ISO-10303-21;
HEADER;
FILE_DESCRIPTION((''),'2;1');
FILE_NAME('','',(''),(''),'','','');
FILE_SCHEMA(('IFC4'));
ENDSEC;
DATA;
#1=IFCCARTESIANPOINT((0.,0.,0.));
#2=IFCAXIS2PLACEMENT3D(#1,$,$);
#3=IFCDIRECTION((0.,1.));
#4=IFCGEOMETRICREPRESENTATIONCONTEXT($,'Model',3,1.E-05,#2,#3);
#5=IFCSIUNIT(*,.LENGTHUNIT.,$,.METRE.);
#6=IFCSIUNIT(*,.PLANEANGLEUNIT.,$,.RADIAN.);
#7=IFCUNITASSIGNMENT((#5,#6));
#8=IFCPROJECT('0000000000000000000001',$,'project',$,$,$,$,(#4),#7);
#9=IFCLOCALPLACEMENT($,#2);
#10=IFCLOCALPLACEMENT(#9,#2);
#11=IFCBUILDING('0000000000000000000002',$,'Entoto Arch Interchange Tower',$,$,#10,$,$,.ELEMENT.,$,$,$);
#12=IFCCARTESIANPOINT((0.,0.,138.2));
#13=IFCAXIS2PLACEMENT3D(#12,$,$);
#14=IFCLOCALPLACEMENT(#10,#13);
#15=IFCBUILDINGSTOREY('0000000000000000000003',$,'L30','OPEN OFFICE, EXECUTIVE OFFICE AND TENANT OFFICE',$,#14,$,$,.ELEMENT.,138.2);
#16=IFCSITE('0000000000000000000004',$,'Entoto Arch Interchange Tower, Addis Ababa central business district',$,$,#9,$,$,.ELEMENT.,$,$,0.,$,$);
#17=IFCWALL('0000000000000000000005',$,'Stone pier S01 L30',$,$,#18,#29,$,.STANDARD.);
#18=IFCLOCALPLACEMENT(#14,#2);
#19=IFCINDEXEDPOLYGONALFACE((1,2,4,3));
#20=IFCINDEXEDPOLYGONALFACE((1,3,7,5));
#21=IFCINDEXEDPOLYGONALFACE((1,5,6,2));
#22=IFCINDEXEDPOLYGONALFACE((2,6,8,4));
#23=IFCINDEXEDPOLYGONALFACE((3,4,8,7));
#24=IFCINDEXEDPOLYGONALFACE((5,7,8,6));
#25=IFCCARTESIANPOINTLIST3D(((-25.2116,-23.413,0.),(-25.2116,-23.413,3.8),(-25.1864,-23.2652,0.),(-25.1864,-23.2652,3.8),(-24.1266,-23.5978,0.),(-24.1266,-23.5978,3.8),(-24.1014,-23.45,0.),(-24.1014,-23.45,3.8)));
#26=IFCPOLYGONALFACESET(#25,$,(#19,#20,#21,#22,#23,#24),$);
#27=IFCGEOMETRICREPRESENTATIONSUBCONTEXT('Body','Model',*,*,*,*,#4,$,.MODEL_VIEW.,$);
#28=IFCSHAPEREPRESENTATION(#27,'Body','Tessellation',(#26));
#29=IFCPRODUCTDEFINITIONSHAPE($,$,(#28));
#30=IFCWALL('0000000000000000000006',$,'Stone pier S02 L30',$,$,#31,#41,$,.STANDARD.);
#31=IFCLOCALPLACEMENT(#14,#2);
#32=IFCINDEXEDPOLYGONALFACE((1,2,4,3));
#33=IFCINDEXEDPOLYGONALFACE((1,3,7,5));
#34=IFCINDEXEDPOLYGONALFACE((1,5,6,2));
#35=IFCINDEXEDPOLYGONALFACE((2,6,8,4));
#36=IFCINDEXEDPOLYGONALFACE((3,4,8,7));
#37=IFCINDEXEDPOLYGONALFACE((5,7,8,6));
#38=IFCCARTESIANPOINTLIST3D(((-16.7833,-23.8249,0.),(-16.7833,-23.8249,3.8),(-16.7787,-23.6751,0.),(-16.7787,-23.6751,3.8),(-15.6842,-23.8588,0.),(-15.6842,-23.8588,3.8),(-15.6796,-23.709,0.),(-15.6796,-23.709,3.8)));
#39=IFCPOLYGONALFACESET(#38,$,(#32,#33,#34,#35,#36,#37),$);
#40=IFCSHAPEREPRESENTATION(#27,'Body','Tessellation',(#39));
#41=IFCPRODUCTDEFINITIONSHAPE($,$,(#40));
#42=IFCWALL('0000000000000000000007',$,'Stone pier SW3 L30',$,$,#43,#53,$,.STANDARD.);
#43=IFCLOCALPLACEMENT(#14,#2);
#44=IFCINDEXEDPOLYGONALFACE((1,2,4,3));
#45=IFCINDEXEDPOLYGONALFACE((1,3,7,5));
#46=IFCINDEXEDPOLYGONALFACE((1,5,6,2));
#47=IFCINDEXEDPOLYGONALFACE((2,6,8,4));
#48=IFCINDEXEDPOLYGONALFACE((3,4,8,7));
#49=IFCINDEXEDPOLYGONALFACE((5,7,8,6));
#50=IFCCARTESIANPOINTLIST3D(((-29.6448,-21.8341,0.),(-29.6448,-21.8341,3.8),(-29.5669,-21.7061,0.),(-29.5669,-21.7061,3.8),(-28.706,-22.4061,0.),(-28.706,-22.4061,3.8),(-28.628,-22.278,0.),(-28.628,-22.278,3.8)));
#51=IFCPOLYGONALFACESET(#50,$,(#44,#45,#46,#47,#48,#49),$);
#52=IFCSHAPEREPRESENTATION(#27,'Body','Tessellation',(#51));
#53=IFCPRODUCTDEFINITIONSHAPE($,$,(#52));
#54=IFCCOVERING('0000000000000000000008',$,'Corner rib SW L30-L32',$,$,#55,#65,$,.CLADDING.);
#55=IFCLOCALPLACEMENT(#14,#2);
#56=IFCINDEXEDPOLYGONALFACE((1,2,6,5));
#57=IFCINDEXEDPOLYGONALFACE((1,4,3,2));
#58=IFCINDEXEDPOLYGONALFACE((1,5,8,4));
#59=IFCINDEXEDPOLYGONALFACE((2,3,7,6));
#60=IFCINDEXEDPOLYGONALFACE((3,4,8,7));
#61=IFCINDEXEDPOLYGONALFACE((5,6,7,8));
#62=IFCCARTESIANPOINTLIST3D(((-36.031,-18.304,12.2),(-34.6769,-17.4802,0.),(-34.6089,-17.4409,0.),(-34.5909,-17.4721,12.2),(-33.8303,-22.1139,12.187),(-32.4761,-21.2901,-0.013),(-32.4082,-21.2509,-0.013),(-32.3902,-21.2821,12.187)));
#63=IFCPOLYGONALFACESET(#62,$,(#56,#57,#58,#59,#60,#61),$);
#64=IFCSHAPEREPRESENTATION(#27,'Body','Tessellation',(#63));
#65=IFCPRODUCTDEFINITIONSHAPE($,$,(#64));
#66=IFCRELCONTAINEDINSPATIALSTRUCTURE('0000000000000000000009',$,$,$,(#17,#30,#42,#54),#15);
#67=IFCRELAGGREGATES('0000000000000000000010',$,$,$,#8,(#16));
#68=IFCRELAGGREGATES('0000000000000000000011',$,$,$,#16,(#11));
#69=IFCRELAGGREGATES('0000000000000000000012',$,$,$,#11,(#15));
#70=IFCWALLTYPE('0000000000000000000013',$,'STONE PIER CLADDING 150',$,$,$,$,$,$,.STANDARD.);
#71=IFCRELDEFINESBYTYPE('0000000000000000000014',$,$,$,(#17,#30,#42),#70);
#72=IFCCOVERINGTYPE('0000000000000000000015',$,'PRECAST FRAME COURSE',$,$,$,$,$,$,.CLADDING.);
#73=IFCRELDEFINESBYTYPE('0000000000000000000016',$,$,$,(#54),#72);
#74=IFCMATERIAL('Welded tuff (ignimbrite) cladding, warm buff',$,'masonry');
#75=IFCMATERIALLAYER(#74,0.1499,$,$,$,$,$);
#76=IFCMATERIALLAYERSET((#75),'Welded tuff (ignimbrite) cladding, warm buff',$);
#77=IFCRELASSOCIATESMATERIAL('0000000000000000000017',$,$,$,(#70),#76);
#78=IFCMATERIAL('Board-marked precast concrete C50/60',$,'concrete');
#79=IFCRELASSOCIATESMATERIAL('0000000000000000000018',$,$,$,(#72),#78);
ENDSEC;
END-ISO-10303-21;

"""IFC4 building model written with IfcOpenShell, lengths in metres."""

from ifc_helpers import new_model, si_unit, direction, frame, frame_2d, origin, place, context, subcontext, project, spatial, polyline, rectangle, outline, extrude, material, layer, layer_set, type_object, element, save


model = new_model("IFC4")

# Units and contexts
model_context = context("Model", 3, precision=1e-05, world=origin(), true_north=direction((0.0, 1.0)))
body_context = subcontext(model_context, "Body", "Model", "MODEL_VIEW")
ifc_project = project(units=[si_unit("LENGTHUNIT", "METRE"), si_unit("PLANEANGLEUNIT", "RADIAN")], contexts=[model_context])

# Site, building, storey
site_placement = place(None, origin())
site = spatial("IfcSite", under=ifc_project, at=site_placement, Name="Entoto Arch Interchange Tower, Addis Ababa central business district", CompositionType="ELEMENT", RefElevation=0.0)
building_placement = place(site_placement, origin())
building = spatial("IfcBuilding", under=site, at=building_placement, Name="Entoto Arch Interchange Tower", CompositionType="ELEMENT")
storey_placement = place(building_placement, frame((0.0, 0.0, 138.2)))
storey = spatial("IfcBuildingStorey", under=building, at=storey_placement, Name="L30", Description="OPEN OFFICE, EXECUTIVE OFFICE AND TENANT OFFICE", CompositionType="ELEMENT", Elevation=138.2)

# Shared definitions
ifc_material_1 = material(Name="Board-marked precast concrete C50/60", Category="concrete")

# Shared definitions
ifc_material_2 = material(Name="Welded tuff (ignimbrite) cladding, warm buff", Category="masonry")

# Walls
ifc_layer_1 = layer(ifc_material_2, 0.1499)
ifc_layer_set_1 = layer_set([ifc_layer_1], Name="Welded tuff (ignimbrite) cladding, warm buff")
wall_type_1 = type_object("IfcWallType", Name="STONE PIER CLADDING 150", PredefinedType="STANDARD", material=ifc_layer_set_1)
wall_1_placement = place(storey_placement, frame((-25.199, -23.3391, 0.0), z_axis=(0.0, 0.0, 1.0), x_axis=(0.9858, -0.167923, 0.0)))
element("IfcWall", 1, at=wall_1_placement, inside=storey, type_object=wall_type_1, Name="Stone pier S01 L30", PredefinedType="STANDARD", context=body_context, shape_type="SweptSolid", body=[
    extrude(rectangle(XDim=1.1006, YDim=0.1499, at=frame_2d((0.5503, 0.0))), origin(), (0.0, 0.0, 1.0), 3.8),
])
wall_2_placement = place(storey_placement, frame((-16.781, -23.75, 0.0), z_axis=(0.0, 0.0, 1.0), x_axis=(0.999524, -0.03086, 0.0)))
element("IfcWall", 2, at=wall_2_placement, inside=storey, type_object=wall_type_1, Name="Stone pier S02 L30", PredefinedType="STANDARD", context=body_context, shape_type="SweptSolid", body=[
    extrude(rectangle(XDim=1.0996, YDim=0.1499, at=frame_2d((0.5498, 0.0))), origin(), (0.0, 0.0, 1.0), 3.8),
])
wall_3_placement = place(storey_placement, frame((-29.606, -21.77, 0.0), z_axis=(0.0, 0.0, 1.0), x_axis=(0.854006, -0.520264, 0.0)))
element("IfcWall", 3, at=wall_3_placement, inside=storey, type_object=wall_type_1, Name="Stone pier SW3 L30", PredefinedType="STANDARD", context=body_context, shape_type="SweptSolid", body=[
    extrude(rectangle(XDim=1.0994, YDim=0.1499, at=frame_2d((0.5498, 0.0))), origin(), (0.0, 0.0, 1.0), 3.8),
])

# Covering
covering_type = type_object("IfcCoveringType", Name="PRECAST FRAME COURSE", PredefinedType="CLADDING", material=ifc_material_1)
covering_1_placement = place(storey_placement, frame((-34.6089, -17.4409, 0.0), z_axis=(-0.500177, 0.865918, 0.002951), x_axis=(-0.865922, -0.500179, -0.000009)))
element("IfcCovering", 4, at=covering_1_placement, inside=storey, type_object=covering_type, Name="Corner rib SW L30-L32", PredefinedType="CLADDING", context=body_context, shape_type="SweptSolid", body=[
    extrude(outline(polyline([(0.0, 0.0), (0.0785, 0.0), (1.663, 12.2), (0.0, 12.2), (0.0, 0.0)])), origin(), (0.0, 0.0, -1.0), 4.3999),
])

save(model, "model.ifc")
